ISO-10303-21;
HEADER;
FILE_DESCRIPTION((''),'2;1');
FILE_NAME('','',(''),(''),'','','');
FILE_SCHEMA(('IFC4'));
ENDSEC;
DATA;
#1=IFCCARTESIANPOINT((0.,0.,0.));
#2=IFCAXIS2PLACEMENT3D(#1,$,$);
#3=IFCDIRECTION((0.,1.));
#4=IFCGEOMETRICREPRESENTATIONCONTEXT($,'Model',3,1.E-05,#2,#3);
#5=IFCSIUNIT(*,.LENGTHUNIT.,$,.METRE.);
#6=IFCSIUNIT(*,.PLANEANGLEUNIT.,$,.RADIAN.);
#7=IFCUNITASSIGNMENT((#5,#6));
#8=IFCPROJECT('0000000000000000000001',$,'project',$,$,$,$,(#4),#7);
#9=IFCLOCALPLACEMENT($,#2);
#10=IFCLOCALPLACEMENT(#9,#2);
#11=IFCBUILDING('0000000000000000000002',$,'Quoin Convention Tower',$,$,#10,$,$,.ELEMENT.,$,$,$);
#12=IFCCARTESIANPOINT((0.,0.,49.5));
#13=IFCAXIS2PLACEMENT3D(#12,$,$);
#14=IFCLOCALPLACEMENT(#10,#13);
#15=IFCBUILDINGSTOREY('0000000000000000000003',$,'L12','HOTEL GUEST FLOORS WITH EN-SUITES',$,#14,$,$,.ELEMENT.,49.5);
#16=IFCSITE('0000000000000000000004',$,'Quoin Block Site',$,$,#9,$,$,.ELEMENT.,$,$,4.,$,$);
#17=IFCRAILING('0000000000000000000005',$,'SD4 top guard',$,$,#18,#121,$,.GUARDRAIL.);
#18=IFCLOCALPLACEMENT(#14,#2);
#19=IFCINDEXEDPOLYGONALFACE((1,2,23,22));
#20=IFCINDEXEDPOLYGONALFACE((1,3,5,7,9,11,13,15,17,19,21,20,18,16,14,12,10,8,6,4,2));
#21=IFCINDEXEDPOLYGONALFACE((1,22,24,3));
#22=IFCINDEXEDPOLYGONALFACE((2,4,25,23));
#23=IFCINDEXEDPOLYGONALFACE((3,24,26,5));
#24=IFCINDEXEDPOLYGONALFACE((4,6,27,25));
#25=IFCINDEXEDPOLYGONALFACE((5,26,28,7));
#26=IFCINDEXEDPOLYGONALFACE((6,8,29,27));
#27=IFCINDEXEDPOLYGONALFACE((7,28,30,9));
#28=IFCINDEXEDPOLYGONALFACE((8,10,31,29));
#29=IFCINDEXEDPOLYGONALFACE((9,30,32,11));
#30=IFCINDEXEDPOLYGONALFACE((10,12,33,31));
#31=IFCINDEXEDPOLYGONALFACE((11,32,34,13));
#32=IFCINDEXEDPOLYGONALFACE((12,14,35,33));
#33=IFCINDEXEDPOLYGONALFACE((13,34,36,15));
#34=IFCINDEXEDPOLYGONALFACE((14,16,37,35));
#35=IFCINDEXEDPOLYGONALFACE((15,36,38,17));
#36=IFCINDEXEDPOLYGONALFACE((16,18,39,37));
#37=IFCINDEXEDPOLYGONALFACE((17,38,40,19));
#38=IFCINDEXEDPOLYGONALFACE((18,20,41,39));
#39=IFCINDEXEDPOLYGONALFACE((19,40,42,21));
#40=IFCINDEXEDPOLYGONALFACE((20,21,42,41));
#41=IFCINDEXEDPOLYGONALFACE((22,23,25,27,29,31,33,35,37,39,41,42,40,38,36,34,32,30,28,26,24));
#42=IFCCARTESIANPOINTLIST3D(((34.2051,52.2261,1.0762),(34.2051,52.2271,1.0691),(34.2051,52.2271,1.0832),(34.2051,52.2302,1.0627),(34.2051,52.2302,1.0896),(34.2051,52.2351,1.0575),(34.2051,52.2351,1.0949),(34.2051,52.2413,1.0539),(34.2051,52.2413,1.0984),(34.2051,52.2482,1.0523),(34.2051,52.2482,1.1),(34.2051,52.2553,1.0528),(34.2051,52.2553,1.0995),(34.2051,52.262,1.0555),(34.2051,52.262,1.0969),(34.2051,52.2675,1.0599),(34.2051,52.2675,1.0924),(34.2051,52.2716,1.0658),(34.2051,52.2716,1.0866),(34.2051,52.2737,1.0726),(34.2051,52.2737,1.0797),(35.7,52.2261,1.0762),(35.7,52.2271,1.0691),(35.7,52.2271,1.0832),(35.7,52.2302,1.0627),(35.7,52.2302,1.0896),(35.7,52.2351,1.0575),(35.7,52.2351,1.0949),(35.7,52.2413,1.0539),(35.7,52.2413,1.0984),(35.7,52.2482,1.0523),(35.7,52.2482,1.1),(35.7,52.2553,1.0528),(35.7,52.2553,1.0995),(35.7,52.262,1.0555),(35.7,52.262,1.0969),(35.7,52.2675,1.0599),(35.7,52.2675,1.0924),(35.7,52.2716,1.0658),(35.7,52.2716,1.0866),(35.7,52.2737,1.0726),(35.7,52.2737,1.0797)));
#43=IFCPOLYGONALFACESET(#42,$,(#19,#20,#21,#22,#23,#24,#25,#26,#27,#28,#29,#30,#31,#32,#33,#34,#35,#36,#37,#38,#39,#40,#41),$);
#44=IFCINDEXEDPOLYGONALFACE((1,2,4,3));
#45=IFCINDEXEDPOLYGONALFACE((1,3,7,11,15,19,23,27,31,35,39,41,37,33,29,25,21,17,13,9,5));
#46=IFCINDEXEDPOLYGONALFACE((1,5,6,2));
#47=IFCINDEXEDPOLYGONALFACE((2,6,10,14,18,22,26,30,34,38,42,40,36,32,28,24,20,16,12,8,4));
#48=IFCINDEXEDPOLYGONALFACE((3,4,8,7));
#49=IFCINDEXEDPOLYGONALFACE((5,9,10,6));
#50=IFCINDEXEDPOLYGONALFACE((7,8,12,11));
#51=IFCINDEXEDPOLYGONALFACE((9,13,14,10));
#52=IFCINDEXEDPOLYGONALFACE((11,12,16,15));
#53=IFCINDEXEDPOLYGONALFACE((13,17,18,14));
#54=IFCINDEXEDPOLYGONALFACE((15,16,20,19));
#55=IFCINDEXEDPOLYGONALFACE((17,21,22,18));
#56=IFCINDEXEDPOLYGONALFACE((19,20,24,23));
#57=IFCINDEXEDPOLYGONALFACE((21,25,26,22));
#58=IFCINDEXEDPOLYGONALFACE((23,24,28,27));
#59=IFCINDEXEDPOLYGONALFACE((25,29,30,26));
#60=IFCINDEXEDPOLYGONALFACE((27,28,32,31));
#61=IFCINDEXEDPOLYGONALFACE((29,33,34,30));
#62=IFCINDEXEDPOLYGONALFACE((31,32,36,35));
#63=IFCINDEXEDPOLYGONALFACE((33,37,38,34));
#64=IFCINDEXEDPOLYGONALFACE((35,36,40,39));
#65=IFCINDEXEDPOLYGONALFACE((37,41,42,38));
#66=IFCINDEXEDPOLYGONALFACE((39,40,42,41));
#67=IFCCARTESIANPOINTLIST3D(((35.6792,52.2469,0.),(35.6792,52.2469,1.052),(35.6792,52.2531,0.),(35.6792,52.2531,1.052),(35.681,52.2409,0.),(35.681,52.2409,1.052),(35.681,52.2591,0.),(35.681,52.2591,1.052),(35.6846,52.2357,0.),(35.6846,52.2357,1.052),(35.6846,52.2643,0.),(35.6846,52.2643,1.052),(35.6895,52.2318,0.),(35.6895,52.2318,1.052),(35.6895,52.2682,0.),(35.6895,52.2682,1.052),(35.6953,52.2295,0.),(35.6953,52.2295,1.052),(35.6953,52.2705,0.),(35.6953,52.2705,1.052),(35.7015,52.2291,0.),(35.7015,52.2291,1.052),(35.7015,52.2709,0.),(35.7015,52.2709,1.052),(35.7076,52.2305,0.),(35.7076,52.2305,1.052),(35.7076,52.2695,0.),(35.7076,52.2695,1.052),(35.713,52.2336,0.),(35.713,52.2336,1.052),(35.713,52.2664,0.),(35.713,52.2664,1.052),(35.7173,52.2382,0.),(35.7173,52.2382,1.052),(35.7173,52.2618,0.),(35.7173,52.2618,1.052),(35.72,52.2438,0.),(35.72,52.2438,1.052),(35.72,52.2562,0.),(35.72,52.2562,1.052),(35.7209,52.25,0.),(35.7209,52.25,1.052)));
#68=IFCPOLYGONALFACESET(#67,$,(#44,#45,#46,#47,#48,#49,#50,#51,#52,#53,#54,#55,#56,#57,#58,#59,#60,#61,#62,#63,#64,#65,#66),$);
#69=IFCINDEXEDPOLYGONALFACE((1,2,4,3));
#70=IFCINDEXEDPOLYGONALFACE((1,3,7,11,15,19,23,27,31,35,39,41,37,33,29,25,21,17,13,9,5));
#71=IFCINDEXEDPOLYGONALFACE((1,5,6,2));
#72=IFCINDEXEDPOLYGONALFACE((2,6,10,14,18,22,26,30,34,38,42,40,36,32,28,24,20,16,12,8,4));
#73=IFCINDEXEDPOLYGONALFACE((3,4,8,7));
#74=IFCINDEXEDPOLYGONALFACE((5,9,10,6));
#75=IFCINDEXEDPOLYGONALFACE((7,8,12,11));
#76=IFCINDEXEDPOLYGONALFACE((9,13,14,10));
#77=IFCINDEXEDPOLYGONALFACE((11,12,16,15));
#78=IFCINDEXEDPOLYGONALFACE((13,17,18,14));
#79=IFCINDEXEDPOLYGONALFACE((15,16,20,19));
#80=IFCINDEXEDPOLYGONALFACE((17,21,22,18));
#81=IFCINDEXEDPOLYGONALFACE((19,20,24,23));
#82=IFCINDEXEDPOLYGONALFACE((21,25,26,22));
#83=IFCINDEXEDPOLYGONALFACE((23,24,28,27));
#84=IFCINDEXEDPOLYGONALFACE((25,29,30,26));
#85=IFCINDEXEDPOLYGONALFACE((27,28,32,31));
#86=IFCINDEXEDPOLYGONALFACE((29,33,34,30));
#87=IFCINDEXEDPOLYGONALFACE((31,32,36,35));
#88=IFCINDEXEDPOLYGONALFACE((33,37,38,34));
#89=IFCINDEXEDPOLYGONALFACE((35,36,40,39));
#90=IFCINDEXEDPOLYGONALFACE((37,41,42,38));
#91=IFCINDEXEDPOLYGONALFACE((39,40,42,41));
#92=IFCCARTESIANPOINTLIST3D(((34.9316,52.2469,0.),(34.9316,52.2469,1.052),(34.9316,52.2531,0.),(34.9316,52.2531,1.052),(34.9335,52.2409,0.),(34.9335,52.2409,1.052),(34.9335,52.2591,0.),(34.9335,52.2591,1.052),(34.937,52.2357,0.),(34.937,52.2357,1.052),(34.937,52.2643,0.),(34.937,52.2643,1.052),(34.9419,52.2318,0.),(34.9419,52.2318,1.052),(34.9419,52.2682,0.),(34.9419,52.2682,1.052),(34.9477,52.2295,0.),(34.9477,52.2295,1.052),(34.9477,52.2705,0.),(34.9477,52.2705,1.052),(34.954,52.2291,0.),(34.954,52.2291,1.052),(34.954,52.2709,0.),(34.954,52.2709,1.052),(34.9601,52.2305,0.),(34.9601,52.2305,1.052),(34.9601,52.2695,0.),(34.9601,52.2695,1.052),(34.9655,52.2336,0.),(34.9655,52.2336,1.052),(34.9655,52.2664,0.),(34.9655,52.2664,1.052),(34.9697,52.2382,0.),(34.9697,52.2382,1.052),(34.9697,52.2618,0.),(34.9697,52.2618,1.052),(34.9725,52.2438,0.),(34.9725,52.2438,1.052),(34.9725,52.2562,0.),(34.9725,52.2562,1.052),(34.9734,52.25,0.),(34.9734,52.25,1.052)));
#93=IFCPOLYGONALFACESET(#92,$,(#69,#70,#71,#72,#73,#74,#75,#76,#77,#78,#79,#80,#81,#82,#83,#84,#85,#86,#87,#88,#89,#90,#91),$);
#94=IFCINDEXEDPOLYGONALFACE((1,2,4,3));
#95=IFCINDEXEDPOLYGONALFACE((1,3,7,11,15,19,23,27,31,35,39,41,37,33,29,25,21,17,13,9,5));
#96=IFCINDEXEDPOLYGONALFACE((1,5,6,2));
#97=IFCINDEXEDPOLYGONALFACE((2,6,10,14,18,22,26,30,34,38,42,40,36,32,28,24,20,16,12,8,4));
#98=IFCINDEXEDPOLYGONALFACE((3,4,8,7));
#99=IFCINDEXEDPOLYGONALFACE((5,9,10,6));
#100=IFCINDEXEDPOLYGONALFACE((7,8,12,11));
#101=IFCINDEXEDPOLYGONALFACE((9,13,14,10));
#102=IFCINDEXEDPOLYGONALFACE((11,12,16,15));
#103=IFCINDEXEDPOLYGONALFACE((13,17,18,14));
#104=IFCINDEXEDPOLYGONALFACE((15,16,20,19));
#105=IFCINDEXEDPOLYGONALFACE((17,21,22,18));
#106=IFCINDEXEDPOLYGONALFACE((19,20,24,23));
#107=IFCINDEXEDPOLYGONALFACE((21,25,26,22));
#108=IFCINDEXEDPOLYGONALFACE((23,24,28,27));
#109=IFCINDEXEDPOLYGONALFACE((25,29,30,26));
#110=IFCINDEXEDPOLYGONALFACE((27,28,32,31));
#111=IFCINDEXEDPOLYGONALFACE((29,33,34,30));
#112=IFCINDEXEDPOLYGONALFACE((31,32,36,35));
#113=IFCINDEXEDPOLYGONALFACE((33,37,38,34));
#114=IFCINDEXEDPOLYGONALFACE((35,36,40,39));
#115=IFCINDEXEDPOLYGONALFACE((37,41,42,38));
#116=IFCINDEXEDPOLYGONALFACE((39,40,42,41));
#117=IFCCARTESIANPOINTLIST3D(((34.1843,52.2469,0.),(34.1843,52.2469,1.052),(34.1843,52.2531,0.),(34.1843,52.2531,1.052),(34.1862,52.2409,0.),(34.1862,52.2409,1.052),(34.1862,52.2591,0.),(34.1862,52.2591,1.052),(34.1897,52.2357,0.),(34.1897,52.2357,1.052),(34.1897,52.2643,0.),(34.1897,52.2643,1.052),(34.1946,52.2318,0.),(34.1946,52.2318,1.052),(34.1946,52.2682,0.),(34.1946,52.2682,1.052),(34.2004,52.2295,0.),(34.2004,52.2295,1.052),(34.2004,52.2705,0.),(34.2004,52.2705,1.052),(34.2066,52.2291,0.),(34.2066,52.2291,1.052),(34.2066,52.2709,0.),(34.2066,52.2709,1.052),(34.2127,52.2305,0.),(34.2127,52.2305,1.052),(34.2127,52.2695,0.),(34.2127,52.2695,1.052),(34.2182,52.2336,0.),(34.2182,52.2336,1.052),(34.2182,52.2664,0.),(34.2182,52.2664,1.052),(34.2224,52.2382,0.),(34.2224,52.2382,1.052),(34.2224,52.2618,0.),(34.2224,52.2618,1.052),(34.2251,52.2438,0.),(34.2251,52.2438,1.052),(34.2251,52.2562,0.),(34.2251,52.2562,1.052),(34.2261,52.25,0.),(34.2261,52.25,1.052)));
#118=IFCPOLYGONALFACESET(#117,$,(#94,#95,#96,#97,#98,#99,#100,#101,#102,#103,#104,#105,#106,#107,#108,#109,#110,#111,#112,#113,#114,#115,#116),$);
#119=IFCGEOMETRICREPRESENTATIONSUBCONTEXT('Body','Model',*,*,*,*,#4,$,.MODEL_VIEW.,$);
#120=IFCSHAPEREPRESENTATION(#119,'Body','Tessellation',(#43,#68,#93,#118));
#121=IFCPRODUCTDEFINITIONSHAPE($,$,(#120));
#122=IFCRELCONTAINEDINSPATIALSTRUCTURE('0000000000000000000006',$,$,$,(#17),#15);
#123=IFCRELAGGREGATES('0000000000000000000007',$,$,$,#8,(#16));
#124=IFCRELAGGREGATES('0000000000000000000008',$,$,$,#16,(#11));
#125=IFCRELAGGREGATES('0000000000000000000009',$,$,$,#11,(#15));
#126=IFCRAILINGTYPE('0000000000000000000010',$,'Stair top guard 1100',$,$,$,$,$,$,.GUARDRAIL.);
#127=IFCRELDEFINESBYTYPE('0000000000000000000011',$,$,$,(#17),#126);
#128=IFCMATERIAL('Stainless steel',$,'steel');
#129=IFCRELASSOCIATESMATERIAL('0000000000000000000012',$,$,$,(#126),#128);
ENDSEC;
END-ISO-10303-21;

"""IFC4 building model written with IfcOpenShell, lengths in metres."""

from ifc_helpers import new_model, si_unit, direction, frame, origin, origin_2d, place, context, subcontext, project, spatial, circle, extrude, material, type_object, element, save


model = new_model("IFC4")

# Units and contexts
model_context = context("Model", 3, precision=1e-05, world=origin(), true_north=direction((0.0, 1.0)))
body_context = subcontext(model_context, "Body", "Model", "MODEL_VIEW")
ifc_project = project(units=[si_unit("LENGTHUNIT", "METRE"), si_unit("PLANEANGLEUNIT", "RADIAN")], contexts=[model_context])

# Site, building, storey
site_placement = place(None, origin())
site = spatial("IfcSite", under=ifc_project, at=site_placement, Name="Quoin Block Site", CompositionType="ELEMENT", RefElevation=4.0)
building_placement = place(site_placement, origin())
building = spatial("IfcBuilding", under=site, at=building_placement, Name="Quoin Convention Tower", CompositionType="ELEMENT")
storey_placement = place(building_placement, frame((0.0, 0.0, 49.5)))
storey = spatial("IfcBuildingStorey", under=building, at=storey_placement, Name="L12", Description="HOTEL GUEST FLOORS WITH EN-SUITES", CompositionType="ELEMENT", Elevation=49.5)

# Railing
ifc_material_1 = material(Name="Stainless steel", Category="steel")
railing_type_1 = type_object("IfcRailingType", Name="Stair top guard 1100", PredefinedType="GUARDRAIL", material=ifc_material_1)
railing_1_placement = place(storey_placement, frame((35.7, 52.25, 0.0)))
element("IfcRailing", 1, at=railing_1_placement, inside=storey, type_object=railing_type_1, Name="SD4 top guard", PredefinedType="GUARDRAIL", context=body_context, shape_type="SweptSolid", body=[
    extrude(circle(Radius=0.0239, at=origin_2d()), frame((0.0, 0.0, 1.0762), z_axis=(-1.0, 0.0, 0.0), x_axis=(0.0, -1.0, 0.0)), (0.0, 0.0, 1.0), 1.4949),
    extrude(circle(Radius=0.021, at=origin_2d()), origin(), (0.0, 0.0, 1.0), 1.052),
    extrude(circle(Radius=0.021, at=origin_2d()), frame((-0.7476, 0.0, 0.0)), (0.0, 0.0, 1.0), 1.052),
    extrude(circle(Radius=0.021, at=origin_2d()), frame((-1.4949, 0.0, 0.0)), (0.0, 0.0, 1.0), 1.052),
])

save(model, "model.ifc")
